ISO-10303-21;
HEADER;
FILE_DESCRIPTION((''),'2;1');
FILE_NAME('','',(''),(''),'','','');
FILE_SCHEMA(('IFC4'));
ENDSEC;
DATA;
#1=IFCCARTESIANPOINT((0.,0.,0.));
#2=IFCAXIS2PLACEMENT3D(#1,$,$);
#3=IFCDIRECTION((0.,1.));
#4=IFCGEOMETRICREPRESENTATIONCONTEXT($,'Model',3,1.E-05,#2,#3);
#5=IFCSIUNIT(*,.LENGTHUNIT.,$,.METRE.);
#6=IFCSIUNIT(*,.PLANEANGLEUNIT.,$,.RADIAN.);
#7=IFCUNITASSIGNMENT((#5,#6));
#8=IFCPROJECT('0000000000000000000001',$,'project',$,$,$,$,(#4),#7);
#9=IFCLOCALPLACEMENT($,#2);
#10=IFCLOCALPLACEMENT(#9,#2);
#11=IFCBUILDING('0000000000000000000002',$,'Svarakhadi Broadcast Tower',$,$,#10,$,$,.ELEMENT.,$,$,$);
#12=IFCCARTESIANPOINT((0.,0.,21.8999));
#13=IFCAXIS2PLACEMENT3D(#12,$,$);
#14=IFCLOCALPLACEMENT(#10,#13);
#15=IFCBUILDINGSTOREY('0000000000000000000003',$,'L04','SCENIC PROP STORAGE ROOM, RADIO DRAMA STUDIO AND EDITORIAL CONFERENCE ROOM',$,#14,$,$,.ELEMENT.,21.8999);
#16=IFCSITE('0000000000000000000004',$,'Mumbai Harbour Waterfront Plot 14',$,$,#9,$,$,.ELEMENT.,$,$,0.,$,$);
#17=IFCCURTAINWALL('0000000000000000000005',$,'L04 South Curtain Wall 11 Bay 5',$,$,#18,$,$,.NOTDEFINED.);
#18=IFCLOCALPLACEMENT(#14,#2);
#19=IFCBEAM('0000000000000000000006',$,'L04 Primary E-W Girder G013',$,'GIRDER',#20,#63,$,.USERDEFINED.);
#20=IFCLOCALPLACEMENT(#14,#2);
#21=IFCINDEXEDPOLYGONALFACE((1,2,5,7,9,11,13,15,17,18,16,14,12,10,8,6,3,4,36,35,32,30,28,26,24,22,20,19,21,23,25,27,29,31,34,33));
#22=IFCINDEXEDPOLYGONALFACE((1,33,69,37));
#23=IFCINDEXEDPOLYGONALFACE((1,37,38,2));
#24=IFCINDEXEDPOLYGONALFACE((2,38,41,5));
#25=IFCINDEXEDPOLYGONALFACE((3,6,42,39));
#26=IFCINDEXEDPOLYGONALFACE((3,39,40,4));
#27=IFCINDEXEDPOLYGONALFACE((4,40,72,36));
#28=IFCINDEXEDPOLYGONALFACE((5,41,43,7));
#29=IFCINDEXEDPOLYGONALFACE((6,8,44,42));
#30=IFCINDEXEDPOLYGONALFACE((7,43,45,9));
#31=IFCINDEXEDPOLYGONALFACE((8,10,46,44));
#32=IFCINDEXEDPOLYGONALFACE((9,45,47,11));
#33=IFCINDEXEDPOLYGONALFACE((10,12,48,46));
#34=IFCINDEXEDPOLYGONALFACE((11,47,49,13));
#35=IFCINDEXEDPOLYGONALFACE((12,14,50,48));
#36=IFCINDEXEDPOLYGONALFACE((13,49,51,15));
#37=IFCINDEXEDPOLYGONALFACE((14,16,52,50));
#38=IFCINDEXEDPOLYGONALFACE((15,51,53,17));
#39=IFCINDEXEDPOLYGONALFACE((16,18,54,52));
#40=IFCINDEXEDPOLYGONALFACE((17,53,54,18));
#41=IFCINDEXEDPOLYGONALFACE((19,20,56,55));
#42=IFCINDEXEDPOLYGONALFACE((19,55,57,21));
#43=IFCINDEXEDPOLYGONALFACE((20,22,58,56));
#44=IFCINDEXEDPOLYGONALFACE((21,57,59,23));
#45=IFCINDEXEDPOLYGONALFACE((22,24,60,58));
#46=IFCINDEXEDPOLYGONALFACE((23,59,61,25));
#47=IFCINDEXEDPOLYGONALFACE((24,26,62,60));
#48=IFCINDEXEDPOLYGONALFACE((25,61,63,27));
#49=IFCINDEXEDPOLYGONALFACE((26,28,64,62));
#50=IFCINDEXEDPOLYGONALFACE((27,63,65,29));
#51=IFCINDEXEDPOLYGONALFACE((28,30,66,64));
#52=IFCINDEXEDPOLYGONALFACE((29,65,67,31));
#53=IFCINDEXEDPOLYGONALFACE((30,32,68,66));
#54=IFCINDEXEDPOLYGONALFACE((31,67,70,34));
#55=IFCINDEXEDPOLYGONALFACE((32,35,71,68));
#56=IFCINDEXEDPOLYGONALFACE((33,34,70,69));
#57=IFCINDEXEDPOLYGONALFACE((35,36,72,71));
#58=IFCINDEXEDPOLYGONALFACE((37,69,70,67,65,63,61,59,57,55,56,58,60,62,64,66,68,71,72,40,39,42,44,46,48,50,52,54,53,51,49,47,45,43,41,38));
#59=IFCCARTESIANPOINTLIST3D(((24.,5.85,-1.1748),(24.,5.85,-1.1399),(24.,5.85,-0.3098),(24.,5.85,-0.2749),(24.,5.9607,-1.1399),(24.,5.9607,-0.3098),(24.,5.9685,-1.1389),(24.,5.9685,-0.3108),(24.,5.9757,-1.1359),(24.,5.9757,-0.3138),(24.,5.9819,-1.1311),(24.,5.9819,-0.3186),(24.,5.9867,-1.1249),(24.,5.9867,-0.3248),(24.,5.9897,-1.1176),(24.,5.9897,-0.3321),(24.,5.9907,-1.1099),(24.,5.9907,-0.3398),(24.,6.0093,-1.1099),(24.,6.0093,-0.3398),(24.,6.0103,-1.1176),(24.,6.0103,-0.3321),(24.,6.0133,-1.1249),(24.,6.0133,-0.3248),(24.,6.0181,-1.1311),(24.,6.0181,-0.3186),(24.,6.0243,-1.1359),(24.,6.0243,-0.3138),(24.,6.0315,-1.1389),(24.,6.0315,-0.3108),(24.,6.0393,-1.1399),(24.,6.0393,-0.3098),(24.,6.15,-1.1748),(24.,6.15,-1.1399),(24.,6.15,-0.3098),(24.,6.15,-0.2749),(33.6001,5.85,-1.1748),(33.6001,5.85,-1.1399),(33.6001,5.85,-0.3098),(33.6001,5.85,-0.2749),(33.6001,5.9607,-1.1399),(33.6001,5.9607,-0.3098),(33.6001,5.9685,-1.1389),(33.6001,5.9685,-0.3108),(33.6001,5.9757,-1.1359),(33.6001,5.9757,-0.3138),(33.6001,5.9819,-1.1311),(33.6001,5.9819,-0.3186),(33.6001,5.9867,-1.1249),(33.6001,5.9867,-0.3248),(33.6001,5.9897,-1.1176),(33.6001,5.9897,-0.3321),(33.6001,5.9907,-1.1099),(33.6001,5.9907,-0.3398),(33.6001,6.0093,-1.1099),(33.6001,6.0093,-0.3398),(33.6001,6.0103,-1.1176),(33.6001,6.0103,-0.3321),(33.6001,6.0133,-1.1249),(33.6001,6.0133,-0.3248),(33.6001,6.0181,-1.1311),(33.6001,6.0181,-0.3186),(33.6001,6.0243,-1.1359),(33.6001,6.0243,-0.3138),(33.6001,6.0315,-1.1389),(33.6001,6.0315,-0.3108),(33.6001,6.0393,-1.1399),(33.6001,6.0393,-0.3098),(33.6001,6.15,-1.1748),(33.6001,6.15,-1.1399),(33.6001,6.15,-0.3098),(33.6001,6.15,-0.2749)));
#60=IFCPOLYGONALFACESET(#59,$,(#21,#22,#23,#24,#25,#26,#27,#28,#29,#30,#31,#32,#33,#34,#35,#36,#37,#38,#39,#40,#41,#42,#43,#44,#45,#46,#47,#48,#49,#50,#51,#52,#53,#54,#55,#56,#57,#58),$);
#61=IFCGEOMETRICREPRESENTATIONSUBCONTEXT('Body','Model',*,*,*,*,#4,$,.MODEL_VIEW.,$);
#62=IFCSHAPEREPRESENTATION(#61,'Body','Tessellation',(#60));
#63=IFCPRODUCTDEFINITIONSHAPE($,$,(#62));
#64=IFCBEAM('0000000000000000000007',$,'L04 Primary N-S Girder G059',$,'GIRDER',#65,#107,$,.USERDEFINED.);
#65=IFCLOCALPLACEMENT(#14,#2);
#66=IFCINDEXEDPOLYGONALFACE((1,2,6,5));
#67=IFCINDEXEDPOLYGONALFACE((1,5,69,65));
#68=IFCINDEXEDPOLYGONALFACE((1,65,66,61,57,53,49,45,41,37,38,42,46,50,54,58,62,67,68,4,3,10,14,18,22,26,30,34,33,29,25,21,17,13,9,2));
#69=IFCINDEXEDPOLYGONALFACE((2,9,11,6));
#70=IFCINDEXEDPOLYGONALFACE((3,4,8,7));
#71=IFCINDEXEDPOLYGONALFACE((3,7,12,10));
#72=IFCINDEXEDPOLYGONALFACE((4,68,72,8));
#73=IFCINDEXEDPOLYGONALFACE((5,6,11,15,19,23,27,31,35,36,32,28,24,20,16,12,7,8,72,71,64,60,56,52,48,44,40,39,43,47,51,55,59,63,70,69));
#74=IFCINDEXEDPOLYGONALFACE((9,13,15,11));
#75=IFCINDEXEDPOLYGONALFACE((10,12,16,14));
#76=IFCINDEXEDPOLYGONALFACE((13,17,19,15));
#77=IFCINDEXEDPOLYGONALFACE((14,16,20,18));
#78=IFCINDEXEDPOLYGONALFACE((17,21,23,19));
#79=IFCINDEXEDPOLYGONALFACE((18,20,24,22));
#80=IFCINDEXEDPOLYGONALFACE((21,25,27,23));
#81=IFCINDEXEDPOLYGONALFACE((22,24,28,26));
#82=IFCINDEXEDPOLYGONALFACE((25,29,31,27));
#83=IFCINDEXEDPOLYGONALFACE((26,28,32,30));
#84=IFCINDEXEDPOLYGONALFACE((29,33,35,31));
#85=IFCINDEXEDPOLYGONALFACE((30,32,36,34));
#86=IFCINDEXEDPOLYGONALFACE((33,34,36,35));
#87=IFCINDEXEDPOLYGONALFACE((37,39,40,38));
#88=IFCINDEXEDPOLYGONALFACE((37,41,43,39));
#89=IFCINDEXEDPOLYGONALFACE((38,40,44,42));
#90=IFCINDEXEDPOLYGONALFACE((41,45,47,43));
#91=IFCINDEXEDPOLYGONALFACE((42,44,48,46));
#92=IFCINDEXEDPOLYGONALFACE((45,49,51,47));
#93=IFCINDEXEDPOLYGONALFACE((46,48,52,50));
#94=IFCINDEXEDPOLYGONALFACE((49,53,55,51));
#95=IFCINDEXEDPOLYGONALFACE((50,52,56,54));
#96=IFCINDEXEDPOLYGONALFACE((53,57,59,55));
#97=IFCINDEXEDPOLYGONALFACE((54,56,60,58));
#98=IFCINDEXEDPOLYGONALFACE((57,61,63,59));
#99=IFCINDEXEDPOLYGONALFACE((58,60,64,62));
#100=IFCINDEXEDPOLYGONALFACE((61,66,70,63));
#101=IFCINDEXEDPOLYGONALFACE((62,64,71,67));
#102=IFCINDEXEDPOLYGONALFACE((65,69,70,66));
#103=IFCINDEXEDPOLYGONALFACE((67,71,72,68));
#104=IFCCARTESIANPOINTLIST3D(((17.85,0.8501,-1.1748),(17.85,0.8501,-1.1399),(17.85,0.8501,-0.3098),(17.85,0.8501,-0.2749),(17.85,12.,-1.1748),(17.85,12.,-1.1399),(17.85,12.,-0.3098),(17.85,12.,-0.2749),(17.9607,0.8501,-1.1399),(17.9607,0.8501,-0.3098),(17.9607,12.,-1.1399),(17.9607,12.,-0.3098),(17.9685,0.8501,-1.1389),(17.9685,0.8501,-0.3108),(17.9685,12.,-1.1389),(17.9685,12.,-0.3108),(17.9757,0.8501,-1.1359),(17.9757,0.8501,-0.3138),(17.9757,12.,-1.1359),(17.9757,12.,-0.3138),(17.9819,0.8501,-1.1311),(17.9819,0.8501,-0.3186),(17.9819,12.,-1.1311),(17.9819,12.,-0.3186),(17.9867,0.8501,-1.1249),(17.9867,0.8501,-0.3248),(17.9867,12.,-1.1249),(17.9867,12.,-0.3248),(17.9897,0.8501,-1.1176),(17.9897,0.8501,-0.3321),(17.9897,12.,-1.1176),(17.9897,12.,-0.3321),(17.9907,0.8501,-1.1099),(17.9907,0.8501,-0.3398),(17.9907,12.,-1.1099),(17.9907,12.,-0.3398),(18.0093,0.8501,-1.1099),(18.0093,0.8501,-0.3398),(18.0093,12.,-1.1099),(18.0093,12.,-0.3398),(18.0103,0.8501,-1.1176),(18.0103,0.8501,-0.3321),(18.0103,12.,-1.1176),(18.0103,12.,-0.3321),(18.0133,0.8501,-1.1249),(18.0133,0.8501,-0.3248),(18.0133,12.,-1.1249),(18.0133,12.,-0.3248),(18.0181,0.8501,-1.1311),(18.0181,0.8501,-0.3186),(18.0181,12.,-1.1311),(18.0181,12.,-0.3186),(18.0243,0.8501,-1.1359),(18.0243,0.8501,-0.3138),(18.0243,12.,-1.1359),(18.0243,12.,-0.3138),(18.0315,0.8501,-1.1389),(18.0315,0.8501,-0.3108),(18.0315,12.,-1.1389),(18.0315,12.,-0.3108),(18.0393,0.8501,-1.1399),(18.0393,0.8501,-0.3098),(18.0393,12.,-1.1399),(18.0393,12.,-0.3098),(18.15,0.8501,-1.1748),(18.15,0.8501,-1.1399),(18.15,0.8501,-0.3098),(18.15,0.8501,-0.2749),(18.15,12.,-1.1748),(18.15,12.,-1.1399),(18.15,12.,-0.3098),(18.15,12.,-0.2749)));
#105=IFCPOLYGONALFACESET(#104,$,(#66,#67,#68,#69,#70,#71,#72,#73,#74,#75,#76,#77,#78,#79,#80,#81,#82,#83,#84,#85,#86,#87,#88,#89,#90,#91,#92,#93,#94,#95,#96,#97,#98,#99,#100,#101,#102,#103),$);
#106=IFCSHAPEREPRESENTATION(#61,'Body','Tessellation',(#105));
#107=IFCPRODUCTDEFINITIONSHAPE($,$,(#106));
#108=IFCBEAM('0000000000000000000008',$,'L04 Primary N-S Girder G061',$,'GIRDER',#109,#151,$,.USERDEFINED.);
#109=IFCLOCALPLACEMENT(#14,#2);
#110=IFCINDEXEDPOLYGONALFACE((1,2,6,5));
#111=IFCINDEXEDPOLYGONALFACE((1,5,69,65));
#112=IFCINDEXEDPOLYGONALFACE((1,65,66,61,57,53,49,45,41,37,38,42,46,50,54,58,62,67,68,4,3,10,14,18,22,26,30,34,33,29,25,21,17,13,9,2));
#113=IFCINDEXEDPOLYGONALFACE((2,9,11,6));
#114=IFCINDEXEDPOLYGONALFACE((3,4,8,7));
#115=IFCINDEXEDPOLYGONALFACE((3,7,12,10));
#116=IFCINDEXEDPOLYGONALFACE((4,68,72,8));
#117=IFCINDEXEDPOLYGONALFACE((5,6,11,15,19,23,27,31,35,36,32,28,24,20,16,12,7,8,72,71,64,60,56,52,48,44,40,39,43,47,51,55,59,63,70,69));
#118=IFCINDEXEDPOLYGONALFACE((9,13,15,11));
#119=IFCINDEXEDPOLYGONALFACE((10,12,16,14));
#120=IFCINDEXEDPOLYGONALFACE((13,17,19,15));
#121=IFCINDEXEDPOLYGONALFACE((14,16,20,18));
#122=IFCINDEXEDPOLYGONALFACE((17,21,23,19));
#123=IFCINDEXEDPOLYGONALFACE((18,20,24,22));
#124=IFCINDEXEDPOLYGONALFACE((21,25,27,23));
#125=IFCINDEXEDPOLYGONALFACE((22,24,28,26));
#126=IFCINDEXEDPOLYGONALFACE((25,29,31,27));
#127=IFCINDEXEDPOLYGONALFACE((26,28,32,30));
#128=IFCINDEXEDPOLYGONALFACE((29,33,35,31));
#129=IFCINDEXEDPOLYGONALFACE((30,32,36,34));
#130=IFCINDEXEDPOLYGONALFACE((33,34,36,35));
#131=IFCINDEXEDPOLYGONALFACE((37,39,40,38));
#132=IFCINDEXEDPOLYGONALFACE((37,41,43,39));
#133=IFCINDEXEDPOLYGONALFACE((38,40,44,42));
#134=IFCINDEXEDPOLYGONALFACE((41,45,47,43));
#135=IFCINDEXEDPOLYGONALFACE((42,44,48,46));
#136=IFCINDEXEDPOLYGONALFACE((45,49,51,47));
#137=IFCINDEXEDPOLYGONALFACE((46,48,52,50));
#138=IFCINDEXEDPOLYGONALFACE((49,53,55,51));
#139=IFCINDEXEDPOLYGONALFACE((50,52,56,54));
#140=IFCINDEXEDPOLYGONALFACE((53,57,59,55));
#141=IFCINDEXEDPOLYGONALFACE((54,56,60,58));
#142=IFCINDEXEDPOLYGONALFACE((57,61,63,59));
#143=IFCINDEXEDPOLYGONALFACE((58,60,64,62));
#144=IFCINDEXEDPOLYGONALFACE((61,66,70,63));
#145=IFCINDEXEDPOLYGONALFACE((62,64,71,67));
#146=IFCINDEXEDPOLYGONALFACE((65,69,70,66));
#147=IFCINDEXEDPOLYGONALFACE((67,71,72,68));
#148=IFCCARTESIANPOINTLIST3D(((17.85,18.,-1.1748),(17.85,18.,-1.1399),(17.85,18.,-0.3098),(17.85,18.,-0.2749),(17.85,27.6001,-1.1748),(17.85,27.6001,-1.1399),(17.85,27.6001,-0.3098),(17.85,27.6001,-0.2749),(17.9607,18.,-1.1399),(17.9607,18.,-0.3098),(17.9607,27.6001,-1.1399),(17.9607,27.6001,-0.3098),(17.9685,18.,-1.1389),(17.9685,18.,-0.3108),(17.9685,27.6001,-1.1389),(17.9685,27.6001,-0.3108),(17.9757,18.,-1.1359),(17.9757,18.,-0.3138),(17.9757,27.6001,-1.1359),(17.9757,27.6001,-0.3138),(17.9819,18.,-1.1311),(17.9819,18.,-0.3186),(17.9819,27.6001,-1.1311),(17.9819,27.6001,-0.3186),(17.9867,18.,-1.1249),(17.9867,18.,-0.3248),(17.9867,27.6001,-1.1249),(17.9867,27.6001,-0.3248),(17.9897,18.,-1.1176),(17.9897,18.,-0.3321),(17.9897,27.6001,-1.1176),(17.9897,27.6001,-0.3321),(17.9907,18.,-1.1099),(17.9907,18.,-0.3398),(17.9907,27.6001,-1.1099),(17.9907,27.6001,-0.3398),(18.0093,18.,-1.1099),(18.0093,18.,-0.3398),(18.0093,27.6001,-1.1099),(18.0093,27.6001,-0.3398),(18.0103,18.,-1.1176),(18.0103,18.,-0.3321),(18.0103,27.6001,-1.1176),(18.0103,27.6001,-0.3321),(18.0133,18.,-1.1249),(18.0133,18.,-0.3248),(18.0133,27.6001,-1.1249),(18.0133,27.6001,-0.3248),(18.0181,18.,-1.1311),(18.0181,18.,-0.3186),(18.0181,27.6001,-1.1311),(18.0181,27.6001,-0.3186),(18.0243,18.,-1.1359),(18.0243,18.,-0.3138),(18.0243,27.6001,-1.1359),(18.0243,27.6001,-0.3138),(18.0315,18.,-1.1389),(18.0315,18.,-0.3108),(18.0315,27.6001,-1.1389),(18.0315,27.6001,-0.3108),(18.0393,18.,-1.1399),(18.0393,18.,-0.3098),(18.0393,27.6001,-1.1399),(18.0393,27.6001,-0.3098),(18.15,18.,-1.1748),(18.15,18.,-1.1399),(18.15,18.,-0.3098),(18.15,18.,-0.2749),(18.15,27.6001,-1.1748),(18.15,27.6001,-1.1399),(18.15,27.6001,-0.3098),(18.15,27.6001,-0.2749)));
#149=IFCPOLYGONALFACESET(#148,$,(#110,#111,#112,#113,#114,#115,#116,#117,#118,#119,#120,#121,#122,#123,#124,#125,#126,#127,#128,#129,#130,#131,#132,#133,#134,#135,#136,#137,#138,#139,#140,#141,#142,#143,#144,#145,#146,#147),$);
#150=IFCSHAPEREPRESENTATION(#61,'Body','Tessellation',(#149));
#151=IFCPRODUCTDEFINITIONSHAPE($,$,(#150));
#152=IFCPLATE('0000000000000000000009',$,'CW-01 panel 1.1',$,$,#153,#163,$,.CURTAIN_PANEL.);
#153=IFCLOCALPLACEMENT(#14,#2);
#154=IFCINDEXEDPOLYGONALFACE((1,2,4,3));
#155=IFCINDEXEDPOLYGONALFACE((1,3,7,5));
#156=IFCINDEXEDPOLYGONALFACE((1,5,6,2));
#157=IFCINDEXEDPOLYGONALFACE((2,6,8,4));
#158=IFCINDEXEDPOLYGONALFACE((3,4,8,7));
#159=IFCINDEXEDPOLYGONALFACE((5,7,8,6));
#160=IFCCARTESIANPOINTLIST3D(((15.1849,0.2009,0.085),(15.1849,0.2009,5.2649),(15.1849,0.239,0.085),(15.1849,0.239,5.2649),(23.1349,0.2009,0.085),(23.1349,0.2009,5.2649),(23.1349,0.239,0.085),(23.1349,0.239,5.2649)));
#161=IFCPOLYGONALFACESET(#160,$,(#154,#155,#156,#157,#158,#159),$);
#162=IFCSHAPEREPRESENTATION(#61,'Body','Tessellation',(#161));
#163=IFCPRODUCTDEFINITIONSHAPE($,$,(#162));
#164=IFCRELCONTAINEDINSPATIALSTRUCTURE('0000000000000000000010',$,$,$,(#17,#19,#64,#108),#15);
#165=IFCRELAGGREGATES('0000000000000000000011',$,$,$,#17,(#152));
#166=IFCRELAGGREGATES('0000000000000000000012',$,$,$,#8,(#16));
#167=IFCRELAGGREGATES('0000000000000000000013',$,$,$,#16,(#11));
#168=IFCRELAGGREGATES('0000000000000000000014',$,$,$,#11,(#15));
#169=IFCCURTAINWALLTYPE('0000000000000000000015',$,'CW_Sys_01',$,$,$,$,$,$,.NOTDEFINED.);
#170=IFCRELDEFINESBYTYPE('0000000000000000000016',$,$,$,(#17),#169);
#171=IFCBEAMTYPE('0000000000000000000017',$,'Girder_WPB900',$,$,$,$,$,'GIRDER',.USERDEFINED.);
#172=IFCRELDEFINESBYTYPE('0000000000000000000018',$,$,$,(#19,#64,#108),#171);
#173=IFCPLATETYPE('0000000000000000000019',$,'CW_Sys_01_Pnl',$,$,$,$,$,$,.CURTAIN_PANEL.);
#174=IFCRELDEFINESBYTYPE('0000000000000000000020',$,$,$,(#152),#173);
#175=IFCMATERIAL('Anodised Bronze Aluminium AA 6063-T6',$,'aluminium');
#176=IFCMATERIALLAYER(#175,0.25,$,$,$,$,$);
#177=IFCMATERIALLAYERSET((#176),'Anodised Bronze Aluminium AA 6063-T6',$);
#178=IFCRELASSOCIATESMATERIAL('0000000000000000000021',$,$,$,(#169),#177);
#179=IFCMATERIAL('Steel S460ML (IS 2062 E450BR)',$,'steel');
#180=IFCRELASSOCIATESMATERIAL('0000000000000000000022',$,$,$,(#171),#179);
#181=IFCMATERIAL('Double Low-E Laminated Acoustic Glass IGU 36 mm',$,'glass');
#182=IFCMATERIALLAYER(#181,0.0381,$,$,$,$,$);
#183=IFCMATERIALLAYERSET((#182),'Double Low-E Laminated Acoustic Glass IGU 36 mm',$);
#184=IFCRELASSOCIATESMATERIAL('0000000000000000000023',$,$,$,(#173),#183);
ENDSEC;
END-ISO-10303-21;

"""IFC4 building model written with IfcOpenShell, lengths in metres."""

from ifc_helpers import new_model, si_unit, direction, frame, origin, origin_2d, place, context, subcontext, project, spatial, rectangle, i_section, extrude, material, layer, layer_set, material_profile, profile_set, type_object, element, aggregate, save


model = new_model("IFC4")

# Units and contexts
model_context = context("Model", 3, precision=1e-05, world=origin(), true_north=direction((0.0, 1.0)))
body_context = subcontext(model_context, "Body", "Model", "MODEL_VIEW")
ifc_project = project(units=[si_unit("LENGTHUNIT", "METRE"), si_unit("PLANEANGLEUNIT", "RADIAN")], contexts=[model_context])

# Site, building, storey
site_placement = place(None, origin())
site = spatial("IfcSite", under=ifc_project, at=site_placement, Name="Mumbai Harbour Waterfront Plot 14", CompositionType="ELEMENT", RefElevation=0.0)
building_placement = place(site_placement, origin())
building = spatial("IfcBuilding", under=site, at=building_placement, Name="Svarakhadi Broadcast Tower", CompositionType="ELEMENT")
storey_placement = place(building_placement, frame((0.0, 0.0, 21.8999)))
storey = spatial("IfcBuildingStorey", under=building, at=storey_placement, Name="L04", Description="SCENIC PROP STORAGE ROOM, RADIO DRAMA STUDIO AND EDITORIAL CONFERENCE ROOM", CompositionType="ELEMENT", Elevation=21.8999)

# Shared definitions
ifc_material_1 = material(Name="Steel S460ML (IS 2062 E450BR)", Category="steel")

# Curtain wall
ifc_material_2 = material(Name="Anodised Bronze Aluminium AA 6063-T6", Category="aluminium")
ifc_layer_1 = layer(ifc_material_2, 0.25)
ifc_layer_set_1 = layer_set([ifc_layer_1], Name="Anodised Bronze Aluminium AA 6063-T6")
curtain_wall_type = type_object("IfcCurtainWallType", Name="CW_Sys_01", PredefinedType="NOTDEFINED", material=ifc_layer_set_1)
curtain_wall_placement = place(storey_placement, origin())
curtain_wall = element("IfcCurtainWall", 1, at=curtain_wall_placement, inside=storey, type_object=curtain_wall_type, Name="L04 South Curtain Wall 11 Bay 5", PredefinedType="NOTDEFINED")

# Beams
ifc_material_profile_1 = material_profile(ifc_material_1, i_section(OverallWidth=0.3, OverallDepth=0.8999, WebThickness=0.0186, FlangeThickness=0.0349, FilletRadius=0.03, at=origin_2d()), Name="WPB 900x300x291")
ifc_profile_set_1 = profile_set([ifc_material_profile_1], Name="Steel S460ML (IS 2062 E450BR)")
beam_type_1 = type_object("IfcBeamType", Name="Girder_WPB900", ElementType="GIRDER", PredefinedType="USERDEFINED", material=ifc_profile_set_1)
beam_1_placement = place(storey_placement, frame((24.0, 6.0, -0.7249), z_axis=(1.0, 0.0, 0.0), x_axis=(0.0, 1.0, 0.0)))
element("IfcBeam", 2, at=beam_1_placement, inside=storey, type_object=beam_type_1, Name="L04 Primary E-W Girder G013", ObjectType="GIRDER", PredefinedType="USERDEFINED", context=body_context, shape_type="SweptSolid", body=[
    extrude(i_section(OverallWidth=0.3, OverallDepth=0.8999, WebThickness=0.0186, FlangeThickness=0.0349, FilletRadius=0.03, at=origin_2d()), origin(), (0.0, 0.0, 1.0), 9.6001),
])
beam_2_placement = place(storey_placement, frame((18.0, 0.8501, -0.7249), z_axis=(0.0, 1.0, 0.0), x_axis=(-1.0, 0.0, 0.0)))
element("IfcBeam", 3, at=beam_2_placement, inside=storey, type_object=beam_type_1, Name="L04 Primary N-S Girder G059", ObjectType="GIRDER", PredefinedType="USERDEFINED", context=body_context, shape_type="SweptSolid", body=[
    extrude(i_section(OverallWidth=0.3, OverallDepth=0.8999, WebThickness=0.0186, FlangeThickness=0.0349, FilletRadius=0.03, at=origin_2d()), origin(), (0.0, 0.0, 1.0), 11.1499),
])
beam_3_placement = place(storey_placement, frame((18.0, 18.0, -0.7249), z_axis=(0.0, 1.0, 0.0), x_axis=(-1.0, 0.0, 0.0)))
element("IfcBeam", 4, at=beam_3_placement, inside=storey, type_object=beam_type_1, Name="L04 Primary N-S Girder G061", ObjectType="GIRDER", PredefinedType="USERDEFINED", context=body_context, shape_type="SweptSolid", body=[
    extrude(i_section(OverallWidth=0.3, OverallDepth=0.8999, WebThickness=0.0186, FlangeThickness=0.0349, FilletRadius=0.03, at=origin_2d()), origin(), (0.0, 0.0, 1.0), 9.6001),
])

# Plate
ifc_material_3 = material(Name="Double Low-E Laminated Acoustic Glass IGU 36 mm", Category="glass")
ifc_layer_2 = layer(ifc_material_3, 0.0381)
ifc_layer_set_2 = layer_set([ifc_layer_2], Name="Double Low-E Laminated Acoustic Glass IGU 36 mm")
plate_type = type_object("IfcPlateType", Name="CW_Sys_01_Pnl", PredefinedType="CURTAIN_PANEL", material=ifc_layer_set_2)
plate_placement = place(storey_placement, frame((19.1599, 0.22, 0.085), z_axis=(0.0, 0.0, 1.0), x_axis=(-1.0, 0.0, 0.0)))
plate = element("IfcPlate", 5, at=plate_placement, type_object=plate_type, Name="CW-01 panel 1.1", PredefinedType="CURTAIN_PANEL", context=body_context, shape_type="SweptSolid", body=[
    extrude(rectangle(XDim=7.95, YDim=0.0381, at=origin_2d()), origin(), (0.0, 0.0, 1.0), 5.1799),
])
aggregate(curtain_wall, [plate])

save(model, "model.ifc")
